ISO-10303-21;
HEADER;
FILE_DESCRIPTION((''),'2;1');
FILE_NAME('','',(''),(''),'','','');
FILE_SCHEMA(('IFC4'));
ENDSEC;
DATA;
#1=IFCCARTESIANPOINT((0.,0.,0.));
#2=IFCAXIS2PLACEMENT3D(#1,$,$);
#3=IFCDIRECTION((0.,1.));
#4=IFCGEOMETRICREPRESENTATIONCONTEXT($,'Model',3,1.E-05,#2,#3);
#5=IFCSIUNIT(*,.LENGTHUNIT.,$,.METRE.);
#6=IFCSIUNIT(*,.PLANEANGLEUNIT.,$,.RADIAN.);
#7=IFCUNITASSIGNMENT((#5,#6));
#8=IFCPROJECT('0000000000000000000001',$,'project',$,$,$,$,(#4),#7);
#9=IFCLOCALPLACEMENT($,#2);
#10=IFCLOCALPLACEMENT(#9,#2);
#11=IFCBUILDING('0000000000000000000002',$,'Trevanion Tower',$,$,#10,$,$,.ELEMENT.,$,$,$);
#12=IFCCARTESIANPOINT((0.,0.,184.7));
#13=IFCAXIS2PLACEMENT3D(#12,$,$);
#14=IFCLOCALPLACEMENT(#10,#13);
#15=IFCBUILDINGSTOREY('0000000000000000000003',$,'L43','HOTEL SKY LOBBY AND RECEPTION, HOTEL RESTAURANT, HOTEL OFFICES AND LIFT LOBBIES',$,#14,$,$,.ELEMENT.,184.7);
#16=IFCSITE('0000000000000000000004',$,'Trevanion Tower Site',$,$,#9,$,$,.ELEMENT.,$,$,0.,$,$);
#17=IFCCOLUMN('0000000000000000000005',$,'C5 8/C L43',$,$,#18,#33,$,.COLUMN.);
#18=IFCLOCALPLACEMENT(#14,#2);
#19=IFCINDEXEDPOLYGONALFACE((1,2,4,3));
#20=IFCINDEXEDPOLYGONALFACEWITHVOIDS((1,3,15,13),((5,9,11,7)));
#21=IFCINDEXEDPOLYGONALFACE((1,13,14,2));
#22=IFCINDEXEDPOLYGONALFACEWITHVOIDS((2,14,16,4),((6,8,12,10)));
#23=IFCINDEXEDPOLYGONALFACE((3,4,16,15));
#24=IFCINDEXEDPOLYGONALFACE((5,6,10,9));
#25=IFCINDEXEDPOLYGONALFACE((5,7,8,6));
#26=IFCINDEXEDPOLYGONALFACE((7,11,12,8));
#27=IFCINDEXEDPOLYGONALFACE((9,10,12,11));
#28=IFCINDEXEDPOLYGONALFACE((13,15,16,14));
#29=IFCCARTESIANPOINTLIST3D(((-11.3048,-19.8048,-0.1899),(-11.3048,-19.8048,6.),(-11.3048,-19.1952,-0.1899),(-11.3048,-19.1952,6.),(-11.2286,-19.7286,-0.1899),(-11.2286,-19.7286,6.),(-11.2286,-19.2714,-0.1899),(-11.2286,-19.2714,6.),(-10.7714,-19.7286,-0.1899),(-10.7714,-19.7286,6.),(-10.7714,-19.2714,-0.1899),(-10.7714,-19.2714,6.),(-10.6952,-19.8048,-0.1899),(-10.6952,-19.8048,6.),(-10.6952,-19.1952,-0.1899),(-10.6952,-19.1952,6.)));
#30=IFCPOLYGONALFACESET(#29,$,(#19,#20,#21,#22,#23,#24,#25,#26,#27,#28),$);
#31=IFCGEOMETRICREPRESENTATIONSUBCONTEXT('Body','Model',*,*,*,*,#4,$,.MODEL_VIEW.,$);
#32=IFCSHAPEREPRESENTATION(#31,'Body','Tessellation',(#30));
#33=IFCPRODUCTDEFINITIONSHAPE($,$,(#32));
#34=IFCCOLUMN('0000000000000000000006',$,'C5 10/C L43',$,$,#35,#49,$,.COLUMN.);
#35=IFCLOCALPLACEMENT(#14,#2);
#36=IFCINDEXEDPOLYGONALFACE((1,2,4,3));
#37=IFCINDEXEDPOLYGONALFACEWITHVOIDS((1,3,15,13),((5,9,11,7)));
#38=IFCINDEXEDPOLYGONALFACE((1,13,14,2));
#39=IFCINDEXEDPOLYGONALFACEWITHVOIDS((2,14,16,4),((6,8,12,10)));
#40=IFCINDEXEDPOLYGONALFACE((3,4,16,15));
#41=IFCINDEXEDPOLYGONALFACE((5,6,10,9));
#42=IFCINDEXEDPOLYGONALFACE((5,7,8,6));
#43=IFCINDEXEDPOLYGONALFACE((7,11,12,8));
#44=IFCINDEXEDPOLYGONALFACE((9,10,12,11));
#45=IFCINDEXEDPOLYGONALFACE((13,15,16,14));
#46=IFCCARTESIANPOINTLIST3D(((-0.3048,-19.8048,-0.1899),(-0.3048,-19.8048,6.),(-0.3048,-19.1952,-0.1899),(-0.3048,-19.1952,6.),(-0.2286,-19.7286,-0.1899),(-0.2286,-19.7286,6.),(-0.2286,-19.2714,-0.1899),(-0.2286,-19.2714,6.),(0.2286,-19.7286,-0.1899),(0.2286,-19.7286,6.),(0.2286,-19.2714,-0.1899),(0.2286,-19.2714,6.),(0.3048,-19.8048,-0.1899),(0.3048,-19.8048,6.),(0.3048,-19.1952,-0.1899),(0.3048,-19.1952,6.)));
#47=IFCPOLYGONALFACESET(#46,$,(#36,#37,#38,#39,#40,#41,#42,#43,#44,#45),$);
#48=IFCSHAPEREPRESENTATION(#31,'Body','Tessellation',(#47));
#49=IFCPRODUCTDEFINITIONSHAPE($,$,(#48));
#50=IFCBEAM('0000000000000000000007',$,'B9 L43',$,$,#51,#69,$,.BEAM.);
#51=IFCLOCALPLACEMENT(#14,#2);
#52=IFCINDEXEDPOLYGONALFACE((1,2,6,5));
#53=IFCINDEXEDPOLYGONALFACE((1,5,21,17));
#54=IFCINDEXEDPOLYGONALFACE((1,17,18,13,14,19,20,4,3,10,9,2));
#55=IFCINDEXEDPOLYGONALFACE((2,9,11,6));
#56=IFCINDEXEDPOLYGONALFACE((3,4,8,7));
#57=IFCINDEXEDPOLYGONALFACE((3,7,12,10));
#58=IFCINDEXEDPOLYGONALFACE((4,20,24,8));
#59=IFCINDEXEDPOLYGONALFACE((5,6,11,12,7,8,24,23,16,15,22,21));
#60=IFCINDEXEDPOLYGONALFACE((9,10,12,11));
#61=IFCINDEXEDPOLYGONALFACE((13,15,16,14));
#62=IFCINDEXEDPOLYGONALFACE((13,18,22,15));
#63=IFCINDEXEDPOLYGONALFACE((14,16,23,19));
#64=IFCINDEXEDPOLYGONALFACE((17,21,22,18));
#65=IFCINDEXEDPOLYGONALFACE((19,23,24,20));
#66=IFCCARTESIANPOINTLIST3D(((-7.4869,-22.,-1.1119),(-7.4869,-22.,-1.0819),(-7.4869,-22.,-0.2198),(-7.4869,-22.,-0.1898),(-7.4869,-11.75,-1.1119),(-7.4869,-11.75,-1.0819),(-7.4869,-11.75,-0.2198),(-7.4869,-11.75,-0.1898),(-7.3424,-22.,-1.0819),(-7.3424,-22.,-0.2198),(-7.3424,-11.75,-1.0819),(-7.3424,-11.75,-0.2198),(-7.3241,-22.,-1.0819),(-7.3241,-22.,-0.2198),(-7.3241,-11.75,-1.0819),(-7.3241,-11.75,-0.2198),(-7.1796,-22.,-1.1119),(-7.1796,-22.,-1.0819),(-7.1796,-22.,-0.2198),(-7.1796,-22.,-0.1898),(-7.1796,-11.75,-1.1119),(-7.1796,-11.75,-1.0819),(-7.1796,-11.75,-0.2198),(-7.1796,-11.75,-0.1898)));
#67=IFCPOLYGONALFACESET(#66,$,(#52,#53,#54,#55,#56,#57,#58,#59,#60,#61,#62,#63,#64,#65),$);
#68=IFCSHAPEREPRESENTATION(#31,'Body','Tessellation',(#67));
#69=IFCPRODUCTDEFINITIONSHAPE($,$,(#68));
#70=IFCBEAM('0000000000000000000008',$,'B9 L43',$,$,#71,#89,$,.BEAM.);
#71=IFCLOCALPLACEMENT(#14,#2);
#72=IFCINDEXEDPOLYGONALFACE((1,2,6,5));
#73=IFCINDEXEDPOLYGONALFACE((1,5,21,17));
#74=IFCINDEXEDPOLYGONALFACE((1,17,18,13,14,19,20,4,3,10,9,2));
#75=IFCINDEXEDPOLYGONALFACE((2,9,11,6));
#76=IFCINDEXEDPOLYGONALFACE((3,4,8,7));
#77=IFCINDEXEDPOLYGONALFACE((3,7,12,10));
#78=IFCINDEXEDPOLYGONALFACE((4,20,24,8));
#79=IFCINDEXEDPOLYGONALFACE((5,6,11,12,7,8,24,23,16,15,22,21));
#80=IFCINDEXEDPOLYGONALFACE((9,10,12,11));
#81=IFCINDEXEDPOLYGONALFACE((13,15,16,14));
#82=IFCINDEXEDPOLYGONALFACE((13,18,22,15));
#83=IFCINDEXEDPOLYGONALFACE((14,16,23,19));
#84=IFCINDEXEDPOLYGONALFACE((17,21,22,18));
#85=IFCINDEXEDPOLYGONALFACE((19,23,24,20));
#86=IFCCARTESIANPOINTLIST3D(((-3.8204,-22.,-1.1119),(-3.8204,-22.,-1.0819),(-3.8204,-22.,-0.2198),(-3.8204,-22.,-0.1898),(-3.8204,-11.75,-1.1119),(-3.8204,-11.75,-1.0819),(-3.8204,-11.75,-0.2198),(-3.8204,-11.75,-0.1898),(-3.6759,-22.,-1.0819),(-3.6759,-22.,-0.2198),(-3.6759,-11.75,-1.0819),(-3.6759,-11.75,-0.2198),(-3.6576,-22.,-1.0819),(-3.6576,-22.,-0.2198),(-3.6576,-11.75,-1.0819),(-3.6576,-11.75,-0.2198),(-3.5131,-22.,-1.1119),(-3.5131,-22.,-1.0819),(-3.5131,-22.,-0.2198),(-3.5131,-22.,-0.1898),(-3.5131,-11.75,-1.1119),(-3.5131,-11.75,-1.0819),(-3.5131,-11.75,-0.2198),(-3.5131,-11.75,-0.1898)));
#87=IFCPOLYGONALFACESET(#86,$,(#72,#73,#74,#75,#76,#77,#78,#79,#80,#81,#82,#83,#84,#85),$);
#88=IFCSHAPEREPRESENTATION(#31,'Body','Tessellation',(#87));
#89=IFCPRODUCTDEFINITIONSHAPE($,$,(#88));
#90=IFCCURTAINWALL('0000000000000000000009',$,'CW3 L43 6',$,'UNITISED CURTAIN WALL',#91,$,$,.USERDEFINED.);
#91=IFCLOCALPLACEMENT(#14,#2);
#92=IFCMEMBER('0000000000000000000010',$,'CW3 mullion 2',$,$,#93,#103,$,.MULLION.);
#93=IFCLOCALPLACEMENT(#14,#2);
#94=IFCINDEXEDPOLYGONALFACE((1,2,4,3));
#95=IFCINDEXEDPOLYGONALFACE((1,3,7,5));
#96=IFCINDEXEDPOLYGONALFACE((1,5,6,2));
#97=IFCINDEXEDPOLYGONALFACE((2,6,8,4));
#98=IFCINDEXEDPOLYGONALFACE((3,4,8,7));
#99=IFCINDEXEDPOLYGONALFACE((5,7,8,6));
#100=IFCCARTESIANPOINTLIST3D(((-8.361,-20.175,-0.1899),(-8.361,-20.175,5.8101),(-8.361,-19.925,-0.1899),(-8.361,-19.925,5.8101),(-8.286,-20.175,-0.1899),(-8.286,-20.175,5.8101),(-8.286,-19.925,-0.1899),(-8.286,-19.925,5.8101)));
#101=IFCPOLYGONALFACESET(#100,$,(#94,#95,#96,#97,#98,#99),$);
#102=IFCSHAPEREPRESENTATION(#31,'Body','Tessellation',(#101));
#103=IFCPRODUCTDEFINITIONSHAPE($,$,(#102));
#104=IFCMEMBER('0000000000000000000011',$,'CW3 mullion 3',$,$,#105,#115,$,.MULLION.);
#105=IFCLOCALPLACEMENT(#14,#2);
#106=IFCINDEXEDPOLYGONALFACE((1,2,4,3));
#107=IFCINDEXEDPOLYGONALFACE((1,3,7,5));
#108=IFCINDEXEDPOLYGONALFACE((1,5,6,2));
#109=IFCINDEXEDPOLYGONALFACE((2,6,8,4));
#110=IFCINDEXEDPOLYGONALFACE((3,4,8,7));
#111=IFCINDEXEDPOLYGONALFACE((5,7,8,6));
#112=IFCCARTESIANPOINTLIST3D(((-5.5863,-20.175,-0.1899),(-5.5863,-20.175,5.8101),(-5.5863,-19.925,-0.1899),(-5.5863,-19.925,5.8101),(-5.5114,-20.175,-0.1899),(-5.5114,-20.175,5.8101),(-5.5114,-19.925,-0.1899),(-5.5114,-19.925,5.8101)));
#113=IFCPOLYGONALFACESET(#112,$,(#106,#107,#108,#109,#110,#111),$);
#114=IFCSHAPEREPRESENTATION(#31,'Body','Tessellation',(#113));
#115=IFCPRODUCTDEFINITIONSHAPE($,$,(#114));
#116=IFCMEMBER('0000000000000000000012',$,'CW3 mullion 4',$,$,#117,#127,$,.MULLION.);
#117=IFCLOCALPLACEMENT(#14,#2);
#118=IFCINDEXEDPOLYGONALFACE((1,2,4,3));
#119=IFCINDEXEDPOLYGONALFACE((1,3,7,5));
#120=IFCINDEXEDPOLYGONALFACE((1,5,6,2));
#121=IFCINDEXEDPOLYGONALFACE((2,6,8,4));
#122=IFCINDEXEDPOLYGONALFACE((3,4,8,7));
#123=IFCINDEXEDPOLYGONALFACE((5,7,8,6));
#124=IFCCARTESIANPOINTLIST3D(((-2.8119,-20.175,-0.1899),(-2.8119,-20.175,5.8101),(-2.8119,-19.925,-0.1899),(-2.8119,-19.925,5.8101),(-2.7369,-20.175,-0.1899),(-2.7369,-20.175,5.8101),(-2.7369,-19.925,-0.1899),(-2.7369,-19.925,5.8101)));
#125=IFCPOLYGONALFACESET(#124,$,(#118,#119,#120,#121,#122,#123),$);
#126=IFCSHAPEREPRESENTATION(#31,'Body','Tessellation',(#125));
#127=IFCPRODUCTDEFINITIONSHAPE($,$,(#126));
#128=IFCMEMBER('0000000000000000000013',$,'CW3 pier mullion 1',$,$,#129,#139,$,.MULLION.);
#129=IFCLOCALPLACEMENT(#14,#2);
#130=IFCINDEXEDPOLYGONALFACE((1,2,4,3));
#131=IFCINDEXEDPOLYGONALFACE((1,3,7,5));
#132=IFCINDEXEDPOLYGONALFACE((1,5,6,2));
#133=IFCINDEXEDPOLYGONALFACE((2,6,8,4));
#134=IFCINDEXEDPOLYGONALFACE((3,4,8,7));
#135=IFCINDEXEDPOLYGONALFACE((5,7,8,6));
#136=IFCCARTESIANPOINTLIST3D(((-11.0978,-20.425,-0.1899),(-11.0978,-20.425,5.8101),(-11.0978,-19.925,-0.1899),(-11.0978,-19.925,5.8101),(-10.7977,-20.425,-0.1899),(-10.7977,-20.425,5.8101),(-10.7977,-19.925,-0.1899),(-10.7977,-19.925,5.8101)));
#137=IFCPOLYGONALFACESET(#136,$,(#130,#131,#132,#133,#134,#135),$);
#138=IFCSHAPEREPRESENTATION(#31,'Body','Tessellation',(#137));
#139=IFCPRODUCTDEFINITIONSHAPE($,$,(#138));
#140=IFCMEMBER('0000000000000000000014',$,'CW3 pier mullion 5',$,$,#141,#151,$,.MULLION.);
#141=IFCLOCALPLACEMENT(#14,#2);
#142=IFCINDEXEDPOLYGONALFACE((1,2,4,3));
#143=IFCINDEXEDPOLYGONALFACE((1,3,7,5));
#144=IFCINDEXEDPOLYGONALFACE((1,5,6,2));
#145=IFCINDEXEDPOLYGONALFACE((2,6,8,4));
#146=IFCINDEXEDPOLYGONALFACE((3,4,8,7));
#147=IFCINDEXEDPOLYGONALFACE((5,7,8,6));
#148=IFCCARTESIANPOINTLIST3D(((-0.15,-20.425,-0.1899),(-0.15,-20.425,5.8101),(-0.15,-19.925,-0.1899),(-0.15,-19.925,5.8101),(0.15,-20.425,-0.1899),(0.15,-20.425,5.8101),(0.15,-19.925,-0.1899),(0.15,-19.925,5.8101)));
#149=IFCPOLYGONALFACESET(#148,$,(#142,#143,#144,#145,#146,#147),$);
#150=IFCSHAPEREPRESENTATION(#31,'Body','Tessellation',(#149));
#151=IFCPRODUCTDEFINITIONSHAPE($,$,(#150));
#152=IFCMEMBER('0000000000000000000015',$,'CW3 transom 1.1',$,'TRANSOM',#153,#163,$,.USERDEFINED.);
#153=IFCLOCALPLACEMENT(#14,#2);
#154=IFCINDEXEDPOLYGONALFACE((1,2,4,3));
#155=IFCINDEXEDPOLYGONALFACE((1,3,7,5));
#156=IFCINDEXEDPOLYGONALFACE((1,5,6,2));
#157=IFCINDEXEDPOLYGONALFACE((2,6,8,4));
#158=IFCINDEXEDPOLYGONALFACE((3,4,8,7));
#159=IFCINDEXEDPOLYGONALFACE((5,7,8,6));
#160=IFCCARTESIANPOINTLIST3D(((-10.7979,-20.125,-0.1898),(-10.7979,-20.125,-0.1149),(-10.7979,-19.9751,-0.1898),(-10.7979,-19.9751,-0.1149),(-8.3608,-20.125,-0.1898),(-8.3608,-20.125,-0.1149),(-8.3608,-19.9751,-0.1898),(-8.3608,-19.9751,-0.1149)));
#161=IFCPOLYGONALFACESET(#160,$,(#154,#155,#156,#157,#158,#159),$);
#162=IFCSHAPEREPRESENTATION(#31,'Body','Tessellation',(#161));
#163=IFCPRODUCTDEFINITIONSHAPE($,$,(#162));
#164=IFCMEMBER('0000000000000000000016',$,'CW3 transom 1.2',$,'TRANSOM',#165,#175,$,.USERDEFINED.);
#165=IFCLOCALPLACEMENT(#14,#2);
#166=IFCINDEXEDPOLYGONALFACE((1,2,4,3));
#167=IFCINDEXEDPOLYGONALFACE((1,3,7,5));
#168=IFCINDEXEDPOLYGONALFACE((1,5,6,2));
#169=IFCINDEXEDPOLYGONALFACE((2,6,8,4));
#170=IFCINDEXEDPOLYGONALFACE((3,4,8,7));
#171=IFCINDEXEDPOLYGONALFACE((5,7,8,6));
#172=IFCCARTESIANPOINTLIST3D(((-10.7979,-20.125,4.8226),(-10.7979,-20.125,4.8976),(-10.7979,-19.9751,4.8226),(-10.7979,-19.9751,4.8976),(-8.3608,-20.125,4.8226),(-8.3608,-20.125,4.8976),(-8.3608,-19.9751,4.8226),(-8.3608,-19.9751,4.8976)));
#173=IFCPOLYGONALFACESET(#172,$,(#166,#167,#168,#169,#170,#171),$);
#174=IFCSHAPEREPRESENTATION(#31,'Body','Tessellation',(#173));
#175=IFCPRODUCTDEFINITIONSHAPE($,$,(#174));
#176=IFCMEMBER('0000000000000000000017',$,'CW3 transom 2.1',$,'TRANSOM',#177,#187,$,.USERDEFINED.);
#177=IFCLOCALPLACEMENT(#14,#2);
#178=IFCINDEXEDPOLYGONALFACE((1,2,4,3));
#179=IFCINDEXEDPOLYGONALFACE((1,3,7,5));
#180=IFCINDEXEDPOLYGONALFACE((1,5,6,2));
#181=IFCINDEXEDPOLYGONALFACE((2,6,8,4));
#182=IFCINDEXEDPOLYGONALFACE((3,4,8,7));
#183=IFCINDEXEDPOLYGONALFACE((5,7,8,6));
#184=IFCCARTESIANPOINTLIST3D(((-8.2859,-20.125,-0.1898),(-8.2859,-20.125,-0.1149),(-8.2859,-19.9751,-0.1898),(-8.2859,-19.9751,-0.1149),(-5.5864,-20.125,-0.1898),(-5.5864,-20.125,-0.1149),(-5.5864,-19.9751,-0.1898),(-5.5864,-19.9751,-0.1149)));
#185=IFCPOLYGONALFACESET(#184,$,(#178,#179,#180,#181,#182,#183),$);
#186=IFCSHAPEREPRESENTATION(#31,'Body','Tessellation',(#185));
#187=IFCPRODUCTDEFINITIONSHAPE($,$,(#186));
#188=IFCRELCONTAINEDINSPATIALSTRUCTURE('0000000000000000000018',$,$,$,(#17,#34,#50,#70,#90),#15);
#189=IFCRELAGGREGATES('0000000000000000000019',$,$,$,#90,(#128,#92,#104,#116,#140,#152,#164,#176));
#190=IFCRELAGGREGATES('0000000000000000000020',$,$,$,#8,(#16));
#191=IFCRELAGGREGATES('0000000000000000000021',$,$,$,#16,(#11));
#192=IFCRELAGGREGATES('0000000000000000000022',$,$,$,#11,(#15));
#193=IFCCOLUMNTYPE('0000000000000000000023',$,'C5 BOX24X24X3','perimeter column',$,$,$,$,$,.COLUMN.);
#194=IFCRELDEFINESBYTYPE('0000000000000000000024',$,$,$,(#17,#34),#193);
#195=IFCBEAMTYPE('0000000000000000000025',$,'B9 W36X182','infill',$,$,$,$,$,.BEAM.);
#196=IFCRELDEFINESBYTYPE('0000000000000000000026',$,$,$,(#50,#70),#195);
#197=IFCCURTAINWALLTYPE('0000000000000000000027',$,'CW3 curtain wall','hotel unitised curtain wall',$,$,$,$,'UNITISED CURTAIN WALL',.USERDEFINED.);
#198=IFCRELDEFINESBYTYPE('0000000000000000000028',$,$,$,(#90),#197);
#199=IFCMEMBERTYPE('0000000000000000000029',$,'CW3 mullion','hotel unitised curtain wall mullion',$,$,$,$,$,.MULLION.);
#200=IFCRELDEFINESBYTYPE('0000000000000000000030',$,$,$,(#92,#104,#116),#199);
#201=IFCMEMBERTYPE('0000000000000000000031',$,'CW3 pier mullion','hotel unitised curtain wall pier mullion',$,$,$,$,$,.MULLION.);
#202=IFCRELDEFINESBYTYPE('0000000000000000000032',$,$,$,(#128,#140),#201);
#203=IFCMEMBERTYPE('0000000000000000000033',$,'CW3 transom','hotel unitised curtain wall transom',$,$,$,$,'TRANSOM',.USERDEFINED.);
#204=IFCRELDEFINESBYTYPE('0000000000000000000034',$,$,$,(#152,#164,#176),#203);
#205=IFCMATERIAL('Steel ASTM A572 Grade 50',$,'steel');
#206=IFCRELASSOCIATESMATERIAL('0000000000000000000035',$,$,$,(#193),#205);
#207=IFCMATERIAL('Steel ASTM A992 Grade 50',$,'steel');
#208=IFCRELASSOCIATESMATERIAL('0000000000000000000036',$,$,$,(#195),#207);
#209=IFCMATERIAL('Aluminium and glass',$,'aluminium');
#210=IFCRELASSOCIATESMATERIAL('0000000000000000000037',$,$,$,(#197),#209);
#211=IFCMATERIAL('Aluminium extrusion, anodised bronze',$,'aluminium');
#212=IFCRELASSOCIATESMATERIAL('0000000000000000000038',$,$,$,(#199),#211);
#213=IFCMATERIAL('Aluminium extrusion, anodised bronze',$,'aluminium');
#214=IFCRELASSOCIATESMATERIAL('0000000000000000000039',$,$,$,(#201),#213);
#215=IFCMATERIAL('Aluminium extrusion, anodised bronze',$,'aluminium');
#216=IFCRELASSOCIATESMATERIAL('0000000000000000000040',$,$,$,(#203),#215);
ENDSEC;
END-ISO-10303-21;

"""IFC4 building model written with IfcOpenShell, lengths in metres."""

from ifc_helpers import new_model, si_unit, direction, frame, origin, origin_2d, place, context, subcontext, project, spatial, rectangle, hollow_rectangle, i_section, extrude, material, material_profile, profile_set, type_object, element, aggregate, save


model = new_model("IFC4")

# Units and contexts
model_context = context("Model", 3, precision=1e-05, world=origin(), true_north=direction((0.0, 1.0)))
body_context = subcontext(model_context, "Body", "Model", "MODEL_VIEW")
ifc_project = project(units=[si_unit("LENGTHUNIT", "METRE"), si_unit("PLANEANGLEUNIT", "RADIAN")], contexts=[model_context])

# Site, building, storey
site_placement = place(None, origin())
site = spatial("IfcSite", under=ifc_project, at=site_placement, Name="Trevanion Tower Site", CompositionType="ELEMENT", RefElevation=0.0)
building_placement = place(site_placement, origin())
building = spatial("IfcBuilding", under=site, at=building_placement, Name="Trevanion Tower", CompositionType="ELEMENT")
storey_placement = place(building_placement, frame((0.0, 0.0, 184.7)))
storey = spatial("IfcBuildingStorey", under=building, at=storey_placement, Name="L43", Description="HOTEL SKY LOBBY AND RECEPTION, HOTEL RESTAURANT, HOTEL OFFICES AND LIFT LOBBIES", CompositionType="ELEMENT", Elevation=184.7)

# Columns
ifc_material_1 = material(Name="Steel ASTM A572 Grade 50", Category="steel")
ifc_material_profile_1 = material_profile(ifc_material_1, hollow_rectangle(XDim=0.6096, YDim=0.6096, WallThickness=0.0762, at=origin_2d()), Name="BOX24X24X3")
ifc_profile_set_1 = profile_set([ifc_material_profile_1], Name="Steel ASTM A572 Grade 50")
column_type = type_object("IfcColumnType", Name="C5 BOX24X24X3", Description="perimeter column", PredefinedType="COLUMN", material=ifc_profile_set_1)
for number, where, z_axis, x_axis, name in (
    (1, (-11.0, -19.5, -0.1899), (0.0, 0.0, 1.0), (1.0, 0.0, 0.0), "C5 8/C L43"),
    (2, (0.0, -19.5, -0.1899), (0.0, 0.0, 1.0), (1.0, 0.0, 0.0), "C5 10/C L43"),
):
    element("IfcColumn", number, at=place(storey_placement, frame(where, z_axis=z_axis, x_axis=x_axis)), inside=storey, type_object=column_type, Name=name, PredefinedType="COLUMN", context=body_context, shape_type="SweptSolid", body=[
        extrude(hollow_rectangle(XDim=0.6096, YDim=0.6096, WallThickness=0.0762, at=origin_2d()), origin(), (0.0, 0.0, 1.0), 6.1899),
    ])

# Beams
ifc_material_2 = material(Name="Steel ASTM A992 Grade 50", Category="steel")
ifc_material_profile_2 = material_profile(ifc_material_2, i_section(OverallWidth=0.3074, OverallDepth=0.9221, WebThickness=0.0183, FlangeThickness=0.03, at=origin_2d()), Name="W36X182")
ifc_profile_set_2 = profile_set([ifc_material_profile_2], Name="Steel ASTM A992 Grade 50")
beam_type = type_object("IfcBeamType", Name="B9 W36X182", Description="infill", PredefinedType="BEAM", material=ifc_profile_set_2)
for number, where, z_axis, x_axis, name in (
    (3, (-7.3333, -11.75, -0.6509), (0.0, -1.0, 0.0), (1.0, 0.0, 0.0), "B9 L43"),
    (4, (-3.6667, -11.75, -0.6509), (0.0, -1.0, 0.0), (1.0, 0.0, 0.0), "B9 L43"),
):
    element("IfcBeam", number, at=place(storey_placement, frame(where, z_axis=z_axis, x_axis=x_axis)), inside=storey, type_object=beam_type, Name=name, PredefinedType="BEAM", context=body_context, shape_type="SweptSolid", body=[
        extrude(i_section(OverallWidth=0.3074, OverallDepth=0.9221, WebThickness=0.0183, FlangeThickness=0.03, at=origin_2d()), origin(), (0.0, 0.0, 1.0), 10.25),
    ])

# Curtain wall, members
ifc_material_3 = material(Name="Aluminium and glass", Category="aluminium")
curtain_wall_type = type_object("IfcCurtainWallType", Name="CW3 curtain wall", Description="hotel unitised curtain wall", ElementType="UNITISED CURTAIN WALL", PredefinedType="USERDEFINED", material=ifc_material_3)
curtain_wall_placement = place(storey_placement, origin())
curtain_wall = element("IfcCurtainWall", 5, at=curtain_wall_placement, inside=storey, type_object=curtain_wall_type, Name="CW3 L43 6", ObjectType="UNITISED CURTAIN WALL", PredefinedType="USERDEFINED")
ifc_material_4 = material(Name="Aluminium extrusion, anodised bronze", Category="aluminium")
ifc_material_profile_3 = material_profile(ifc_material_4, rectangle(XDim=0.075, YDim=0.25, at=origin_2d()), Name="CW3 mullion")
ifc_profile_set_3 = profile_set([ifc_material_profile_3], Name="Aluminium extrusion, anodised bronze")
member_type_1 = type_object("IfcMemberType", Name="CW3 mullion", Description="hotel unitised curtain wall mullion", PredefinedType="MULLION", material=ifc_profile_set_3)
member_1_placement = place(storey_placement, frame((-8.3235, -20.05, -0.1899), z_axis=(0.0, 0.0, 1.0), x_axis=(1.0, 0.0, 0.0)))
member_1 = element("IfcMember", 6, at=member_1_placement, type_object=member_type_1, Name="CW3 mullion 2", PredefinedType="MULLION", context=body_context, shape_type="SweptSolid", body=[
    extrude(rectangle(XDim=0.075, YDim=0.25, at=origin_2d()), origin(), (0.0, 0.0, 1.0), 6.0),
])
member_2_placement = place(storey_placement, frame((-5.5488, -20.05, -0.1899), z_axis=(0.0, 0.0, 1.0), x_axis=(1.0, 0.0, 0.0)))
member_2 = element("IfcMember", 7, at=member_2_placement, type_object=member_type_1, Name="CW3 mullion 3", PredefinedType="MULLION", context=body_context, shape_type="SweptSolid", body=[
    extrude(rectangle(XDim=0.075, YDim=0.25, at=origin_2d()), origin(), (0.0, 0.0, 1.0), 6.0),
])
member_3_placement = place(storey_placement, frame((-2.7744, -20.05, -0.1899), z_axis=(0.0, 0.0, 1.0), x_axis=(1.0, 0.0, 0.0)))
member_3 = element("IfcMember", 8, at=member_3_placement, type_object=member_type_1, Name="CW3 mullion 4", PredefinedType="MULLION", context=body_context, shape_type="SweptSolid", body=[
    extrude(rectangle(XDim=0.075, YDim=0.25, at=origin_2d()), origin(), (0.0, 0.0, 1.0), 6.0),
])
ifc_material_5 = material(Name="Aluminium extrusion, anodised bronze", Category="aluminium")
ifc_material_profile_4 = material_profile(ifc_material_5, rectangle(XDim=0.3, YDim=0.5, at=origin_2d()), Name="CW3 pier mullion")
ifc_profile_set_4 = profile_set([ifc_material_profile_4], Name="Aluminium extrusion, anodised bronze")
member_type_2 = type_object("IfcMemberType", Name="CW3 pier mullion", Description="hotel unitised curtain wall pier mullion", PredefinedType="MULLION", material=ifc_profile_set_4)
member_4_placement = place(storey_placement, frame((-10.9478, -20.175, -0.1899), z_axis=(0.0, 0.0, 1.0), x_axis=(1.0, 0.0, 0.0)))
member_4 = element("IfcMember", 9, at=member_4_placement, type_object=member_type_2, Name="CW3 pier mullion 1", PredefinedType="MULLION", context=body_context, shape_type="SweptSolid", body=[
    extrude(rectangle(XDim=0.3, YDim=0.5, at=origin_2d()), origin(), (0.0, 0.0, 1.0), 6.0),
])
member_5_placement = place(storey_placement, frame((0.0, -20.175, -0.1899), z_axis=(0.0, 0.0, 1.0), x_axis=(1.0, 0.0, 0.0)))
member_5 = element("IfcMember", 10, at=member_5_placement, type_object=member_type_2, Name="CW3 pier mullion 5", PredefinedType="MULLION", context=body_context, shape_type="SweptSolid", body=[
    extrude(rectangle(XDim=0.3, YDim=0.5, at=origin_2d()), origin(), (0.0, 0.0, 1.0), 6.0),
])
ifc_material_6 = material(Name="Aluminium extrusion, anodised bronze", Category="aluminium")
ifc_material_profile_5 = material_profile(ifc_material_6, rectangle(XDim=0.1499, YDim=0.075, at=origin_2d()), Name="CW3 transom")
ifc_profile_set_5 = profile_set([ifc_material_profile_5], Name="Aluminium extrusion, anodised bronze")
member_type_3 = type_object("IfcMemberType", Name="CW3 transom", Description="hotel unitised curtain wall transom", ElementType="TRANSOM", PredefinedType="USERDEFINED", material=ifc_profile_set_5)
member_6_placement = place(storey_placement, frame((-10.7979, -20.05, -0.1523), z_axis=(1.0, 0.0, 0.0), x_axis=(0.0, 1.0, 0.0)))
member_6 = element("IfcMember", 11, at=member_6_placement, type_object=member_type_3, Name="CW3 transom 1.1", ObjectType="TRANSOM", PredefinedType="USERDEFINED", context=body_context, shape_type="SweptSolid", body=[
    extrude(rectangle(XDim=0.1499, YDim=0.075, at=origin_2d()), origin(), (0.0, 0.0, 1.0), 2.437),
])
member_7_placement = place(storey_placement, frame((-10.7979, -20.05, 4.8601), z_axis=(1.0, 0.0, 0.0), x_axis=(0.0, 1.0, 0.0)))
member_7 = element("IfcMember", 12, at=member_7_placement, type_object=member_type_3, Name="CW3 transom 1.2", ObjectType="TRANSOM", PredefinedType="USERDEFINED", context=body_context, shape_type="SweptSolid", body=[
    extrude(rectangle(XDim=0.1499, YDim=0.075, at=origin_2d()), origin(), (0.0, 0.0, 1.0), 2.437),
])
member_8_placement = place(storey_placement, frame((-8.2859, -20.05, -0.1523), z_axis=(1.0, 0.0, 0.0), x_axis=(0.0, 1.0, 0.0)))
member_8 = element("IfcMember", 13, at=member_8_placement, type_object=member_type_3, Name="CW3 transom 2.1", ObjectType="TRANSOM", PredefinedType="USERDEFINED", context=body_context, shape_type="SweptSolid", body=[
    extrude(rectangle(XDim=0.1499, YDim=0.075, at=origin_2d()), origin(), (0.0, 0.0, 1.0), 2.6995),
])
aggregate(curtain_wall, [member_4, member_1, member_2, member_3, member_5, member_6, member_7, member_8])

save(model, "model.ifc")
